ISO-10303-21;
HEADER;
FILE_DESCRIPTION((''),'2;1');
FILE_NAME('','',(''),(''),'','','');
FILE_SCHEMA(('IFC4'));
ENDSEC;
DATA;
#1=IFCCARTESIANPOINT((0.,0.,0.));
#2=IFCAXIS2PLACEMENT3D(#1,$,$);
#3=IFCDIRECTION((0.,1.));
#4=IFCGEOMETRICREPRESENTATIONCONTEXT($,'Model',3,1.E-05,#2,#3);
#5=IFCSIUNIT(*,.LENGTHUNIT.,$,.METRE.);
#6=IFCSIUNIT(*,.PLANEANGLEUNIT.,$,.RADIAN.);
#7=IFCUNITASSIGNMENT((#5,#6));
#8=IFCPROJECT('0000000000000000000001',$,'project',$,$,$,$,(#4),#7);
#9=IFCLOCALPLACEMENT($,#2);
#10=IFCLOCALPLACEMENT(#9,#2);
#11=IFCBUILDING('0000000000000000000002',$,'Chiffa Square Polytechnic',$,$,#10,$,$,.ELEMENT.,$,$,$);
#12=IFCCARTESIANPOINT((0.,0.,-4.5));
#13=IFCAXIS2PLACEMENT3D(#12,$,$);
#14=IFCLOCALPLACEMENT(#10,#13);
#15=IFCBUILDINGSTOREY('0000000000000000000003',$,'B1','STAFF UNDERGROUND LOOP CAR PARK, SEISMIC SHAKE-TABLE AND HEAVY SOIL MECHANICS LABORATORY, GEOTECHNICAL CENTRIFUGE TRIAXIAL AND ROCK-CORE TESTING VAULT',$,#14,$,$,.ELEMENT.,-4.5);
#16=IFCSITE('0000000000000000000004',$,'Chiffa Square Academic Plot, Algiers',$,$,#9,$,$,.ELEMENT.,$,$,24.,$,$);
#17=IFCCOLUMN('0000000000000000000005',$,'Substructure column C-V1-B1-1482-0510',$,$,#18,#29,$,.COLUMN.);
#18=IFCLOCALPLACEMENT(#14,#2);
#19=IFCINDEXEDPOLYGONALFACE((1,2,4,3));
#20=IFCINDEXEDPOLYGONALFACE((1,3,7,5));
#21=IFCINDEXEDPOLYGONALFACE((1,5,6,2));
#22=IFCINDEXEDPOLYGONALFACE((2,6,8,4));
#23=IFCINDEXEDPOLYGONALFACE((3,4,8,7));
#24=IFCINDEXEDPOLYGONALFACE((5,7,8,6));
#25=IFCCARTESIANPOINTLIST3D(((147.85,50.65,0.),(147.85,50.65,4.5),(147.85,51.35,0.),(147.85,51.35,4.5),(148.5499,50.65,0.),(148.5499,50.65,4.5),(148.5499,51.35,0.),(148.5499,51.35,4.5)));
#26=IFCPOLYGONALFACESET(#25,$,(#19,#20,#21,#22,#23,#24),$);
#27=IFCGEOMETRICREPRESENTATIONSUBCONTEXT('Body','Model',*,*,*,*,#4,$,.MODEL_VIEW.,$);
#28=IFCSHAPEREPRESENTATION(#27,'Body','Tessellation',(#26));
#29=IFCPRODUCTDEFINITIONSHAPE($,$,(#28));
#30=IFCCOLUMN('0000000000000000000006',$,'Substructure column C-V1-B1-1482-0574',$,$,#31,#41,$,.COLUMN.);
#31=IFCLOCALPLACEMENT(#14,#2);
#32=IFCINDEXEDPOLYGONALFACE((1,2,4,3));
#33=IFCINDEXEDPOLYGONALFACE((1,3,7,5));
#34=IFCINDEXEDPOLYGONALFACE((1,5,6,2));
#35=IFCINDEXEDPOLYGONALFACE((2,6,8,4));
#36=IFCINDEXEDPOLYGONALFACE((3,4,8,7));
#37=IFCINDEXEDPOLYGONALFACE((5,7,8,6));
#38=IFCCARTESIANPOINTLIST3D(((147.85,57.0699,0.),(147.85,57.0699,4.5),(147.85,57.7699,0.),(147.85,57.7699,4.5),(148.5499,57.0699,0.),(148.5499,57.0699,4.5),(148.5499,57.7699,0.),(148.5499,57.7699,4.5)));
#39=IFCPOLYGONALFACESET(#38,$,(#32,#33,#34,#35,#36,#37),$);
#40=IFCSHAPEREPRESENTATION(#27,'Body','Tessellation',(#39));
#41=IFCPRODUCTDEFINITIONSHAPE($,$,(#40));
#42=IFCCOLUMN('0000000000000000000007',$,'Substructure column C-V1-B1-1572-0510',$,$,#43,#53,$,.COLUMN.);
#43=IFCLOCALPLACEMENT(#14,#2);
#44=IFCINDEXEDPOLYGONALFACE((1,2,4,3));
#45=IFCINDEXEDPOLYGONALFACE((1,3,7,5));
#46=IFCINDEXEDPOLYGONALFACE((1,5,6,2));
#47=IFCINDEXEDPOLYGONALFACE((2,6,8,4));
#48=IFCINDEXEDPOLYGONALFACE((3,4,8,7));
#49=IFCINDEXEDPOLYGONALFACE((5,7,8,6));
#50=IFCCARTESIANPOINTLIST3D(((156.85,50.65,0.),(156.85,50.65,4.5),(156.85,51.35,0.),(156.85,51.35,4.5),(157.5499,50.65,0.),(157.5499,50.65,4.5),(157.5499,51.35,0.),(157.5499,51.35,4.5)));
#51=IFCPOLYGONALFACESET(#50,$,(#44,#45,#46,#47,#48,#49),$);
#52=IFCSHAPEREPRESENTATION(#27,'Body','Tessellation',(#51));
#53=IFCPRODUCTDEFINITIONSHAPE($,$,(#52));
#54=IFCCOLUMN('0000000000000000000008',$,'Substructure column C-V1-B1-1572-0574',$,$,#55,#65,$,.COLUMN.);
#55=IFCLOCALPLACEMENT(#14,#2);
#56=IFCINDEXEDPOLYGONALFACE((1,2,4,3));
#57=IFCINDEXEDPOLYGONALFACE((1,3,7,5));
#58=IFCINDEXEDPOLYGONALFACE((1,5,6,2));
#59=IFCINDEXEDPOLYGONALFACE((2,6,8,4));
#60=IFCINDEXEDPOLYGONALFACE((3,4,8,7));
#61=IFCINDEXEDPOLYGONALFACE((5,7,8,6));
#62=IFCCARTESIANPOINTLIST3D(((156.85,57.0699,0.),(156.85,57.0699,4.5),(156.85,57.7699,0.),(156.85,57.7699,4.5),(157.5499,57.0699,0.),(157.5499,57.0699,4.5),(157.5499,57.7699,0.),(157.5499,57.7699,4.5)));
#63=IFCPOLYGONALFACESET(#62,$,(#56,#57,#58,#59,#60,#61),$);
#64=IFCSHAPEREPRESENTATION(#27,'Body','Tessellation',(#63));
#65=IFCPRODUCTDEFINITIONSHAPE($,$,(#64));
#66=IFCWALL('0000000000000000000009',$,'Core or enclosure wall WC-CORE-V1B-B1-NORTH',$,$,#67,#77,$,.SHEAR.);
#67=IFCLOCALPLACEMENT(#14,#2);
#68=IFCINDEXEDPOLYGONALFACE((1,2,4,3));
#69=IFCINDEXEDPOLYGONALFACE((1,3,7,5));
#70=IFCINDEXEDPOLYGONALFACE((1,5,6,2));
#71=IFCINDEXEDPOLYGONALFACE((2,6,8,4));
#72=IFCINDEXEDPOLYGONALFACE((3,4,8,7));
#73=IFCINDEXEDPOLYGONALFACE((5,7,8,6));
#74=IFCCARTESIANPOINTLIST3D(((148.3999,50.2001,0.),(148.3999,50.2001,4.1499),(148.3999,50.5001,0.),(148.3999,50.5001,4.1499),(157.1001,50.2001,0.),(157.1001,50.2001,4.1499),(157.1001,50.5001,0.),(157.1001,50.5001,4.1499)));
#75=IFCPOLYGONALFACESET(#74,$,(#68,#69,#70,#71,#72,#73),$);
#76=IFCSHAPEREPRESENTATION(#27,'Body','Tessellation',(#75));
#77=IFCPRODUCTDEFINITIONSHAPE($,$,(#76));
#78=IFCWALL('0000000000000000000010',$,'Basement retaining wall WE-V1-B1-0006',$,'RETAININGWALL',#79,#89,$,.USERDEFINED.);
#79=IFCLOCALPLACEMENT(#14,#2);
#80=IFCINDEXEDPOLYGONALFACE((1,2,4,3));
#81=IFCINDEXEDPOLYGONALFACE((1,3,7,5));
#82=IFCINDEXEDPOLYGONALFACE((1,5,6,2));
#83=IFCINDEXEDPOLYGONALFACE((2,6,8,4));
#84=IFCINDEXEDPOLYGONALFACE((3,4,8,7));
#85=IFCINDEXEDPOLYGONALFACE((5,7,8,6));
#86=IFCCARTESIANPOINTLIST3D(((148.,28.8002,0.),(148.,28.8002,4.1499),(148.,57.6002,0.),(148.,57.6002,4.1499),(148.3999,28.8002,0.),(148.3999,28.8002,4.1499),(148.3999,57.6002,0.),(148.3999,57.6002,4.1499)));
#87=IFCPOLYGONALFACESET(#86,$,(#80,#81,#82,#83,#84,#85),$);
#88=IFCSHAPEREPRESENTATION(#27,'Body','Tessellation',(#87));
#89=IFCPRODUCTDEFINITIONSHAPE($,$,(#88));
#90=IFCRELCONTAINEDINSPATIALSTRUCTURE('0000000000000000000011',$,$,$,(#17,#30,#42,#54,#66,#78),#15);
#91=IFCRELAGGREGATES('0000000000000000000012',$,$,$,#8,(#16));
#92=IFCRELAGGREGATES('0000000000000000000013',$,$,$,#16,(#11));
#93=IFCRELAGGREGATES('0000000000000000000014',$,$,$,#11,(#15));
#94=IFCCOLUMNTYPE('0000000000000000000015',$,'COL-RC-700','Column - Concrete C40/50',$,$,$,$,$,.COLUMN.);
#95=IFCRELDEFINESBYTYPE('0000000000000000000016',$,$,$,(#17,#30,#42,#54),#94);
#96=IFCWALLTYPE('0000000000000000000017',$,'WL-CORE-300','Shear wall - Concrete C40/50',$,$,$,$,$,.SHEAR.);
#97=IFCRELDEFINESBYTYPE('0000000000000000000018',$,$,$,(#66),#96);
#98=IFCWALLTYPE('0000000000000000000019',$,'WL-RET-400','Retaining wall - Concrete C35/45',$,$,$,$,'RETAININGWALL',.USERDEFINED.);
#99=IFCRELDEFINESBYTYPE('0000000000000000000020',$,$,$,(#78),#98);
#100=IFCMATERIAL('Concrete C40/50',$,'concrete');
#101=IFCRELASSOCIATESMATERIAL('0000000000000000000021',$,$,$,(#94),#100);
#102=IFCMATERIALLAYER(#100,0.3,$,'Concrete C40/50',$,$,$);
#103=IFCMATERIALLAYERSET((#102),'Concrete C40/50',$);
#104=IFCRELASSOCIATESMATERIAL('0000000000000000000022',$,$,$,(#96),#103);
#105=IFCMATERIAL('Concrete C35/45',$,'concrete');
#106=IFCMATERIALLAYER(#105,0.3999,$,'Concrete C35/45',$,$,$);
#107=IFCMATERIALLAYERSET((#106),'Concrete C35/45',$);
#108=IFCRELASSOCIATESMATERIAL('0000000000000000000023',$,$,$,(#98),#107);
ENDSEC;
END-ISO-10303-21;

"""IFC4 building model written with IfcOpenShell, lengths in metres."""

from ifc_helpers import new_model, si_unit, direction, frame, frame_2d, origin, origin_2d, place, context, subcontext, project, spatial, rectangle, extrude, material, layer, layer_set, material_profile, profile_set, type_object, element, save


model = new_model("IFC4")

# Units and contexts
model_context = context("Model", 3, precision=1e-05, world=origin(), true_north=direction((0.0, 1.0)))
body_context = subcontext(model_context, "Body", "Model", "MODEL_VIEW")
ifc_project = project(units=[si_unit("LENGTHUNIT", "METRE"), si_unit("PLANEANGLEUNIT", "RADIAN")], contexts=[model_context])

# Site, building, storey
site_placement = place(None, origin())
site = spatial("IfcSite", under=ifc_project, at=site_placement, Name="Chiffa Square Academic Plot, Algiers", CompositionType="ELEMENT", RefElevation=24.0)
building_placement = place(site_placement, origin())
building = spatial("IfcBuilding", under=site, at=building_placement, Name="Chiffa Square Polytechnic", CompositionType="ELEMENT")
storey_placement = place(building_placement, frame((0.0, 0.0, -4.5)))
storey = spatial("IfcBuildingStorey", under=building, at=storey_placement, Name="B1", Description="STAFF UNDERGROUND LOOP CAR PARK, SEISMIC SHAKE-TABLE AND HEAVY SOIL MECHANICS LABORATORY, GEOTECHNICAL CENTRIFUGE TRIAXIAL AND ROCK-CORE TESTING VAULT", CompositionType="ELEMENT", Elevation=-4.5)

# Shared definitions
ifc_material_1 = material(Name="Concrete C35/45", Category="concrete")

# Columns
ifc_material_2 = material(Name="Concrete C40/50", Category="concrete")
ifc_material_profile_1 = material_profile(ifc_material_2, rectangle(XDim=0.7, YDim=0.7, at=origin_2d()), Name="RC 700x700")
ifc_profile_set_1 = profile_set([ifc_material_profile_1], Name="Concrete C40/50")
column_type_1 = type_object("IfcColumnType", Name="COL-RC-700", Description="Column - Concrete C40/50", PredefinedType="COLUMN", material=ifc_profile_set_1)
for number, where, z_axis, x_axis, name in (
    (1, (148.2, 51.0, 0.0), (0.0, 0.0, 1.0), (1.0, 0.0, 0.0), "Substructure column C-V1-B1-1482-0510"),
    (2, (148.2, 57.4199, 0.0), (0.0, 0.0, 1.0), (1.0, 0.0, 0.0), "Substructure column C-V1-B1-1482-0574"),
    (3, (157.2, 51.0, 0.0), (0.0, 0.0, 1.0), (1.0, 0.0, 0.0), "Substructure column C-V1-B1-1572-0510"),
    (4, (157.2, 57.4199, 0.0), (0.0, 0.0, 1.0), (1.0, 0.0, 0.0), "Substructure column C-V1-B1-1572-0574"),
):
    element("IfcColumn", number, at=place(storey_placement, frame(where, z_axis=z_axis, x_axis=x_axis)), inside=storey, type_object=column_type_1, Name=name, PredefinedType="COLUMN", context=body_context, shape_type="SweptSolid", body=[
        extrude(rectangle(XDim=0.7, YDim=0.7, at=origin_2d()), origin(), (0.0, 0.0, 1.0), 4.5),
    ])

# Walls
ifc_layer_1 = layer(ifc_material_2, 0.3, Name="Concrete C40/50")
ifc_layer_set_1 = layer_set([ifc_layer_1], Name="Concrete C40/50")
wall_type_1 = type_object("IfcWallType", Name="WL-CORE-300", Description="Shear wall - Concrete C40/50", PredefinedType="SHEAR", material=ifc_layer_set_1)
wall_1_placement = place(storey_placement, frame((148.3999, 50.3501, 0.0), z_axis=(0.0, 0.0, 1.0), x_axis=(1.0, 0.0, 0.0)))
element("IfcWall", 5, at=wall_1_placement, inside=storey, type_object=wall_type_1, Name="Core or enclosure wall WC-CORE-V1B-B1-NORTH", PredefinedType="SHEAR", context=body_context, shape_type="SweptSolid", body=[
    extrude(rectangle(XDim=8.7002, YDim=0.3, at=frame_2d((4.3501, 0.0))), origin(), (0.0, 0.0, 1.0), 4.1499),
])
ifc_layer_2 = layer(ifc_material_1, 0.3999, Name="Concrete C35/45")
ifc_layer_set_2 = layer_set([ifc_layer_2], Name="Concrete C35/45")
wall_type_2 = type_object("IfcWallType", Name="WL-RET-400", Description="Retaining wall - Concrete C35/45", ElementType="RETAININGWALL", PredefinedType="USERDEFINED", material=ifc_layer_set_2)
wall_2_placement = place(storey_placement, frame((148.2, 57.6001, 0.0), z_axis=(0.0, 0.0, 1.0), x_axis=(0.0, -1.0, 0.0)))
element("IfcWall", 6, at=wall_2_placement, inside=storey, type_object=wall_type_2, Name="Basement retaining wall WE-V1-B1-0006", ObjectType="RETAININGWALL", PredefinedType="USERDEFINED", context=body_context, shape_type="SweptSolid", body=[
    extrude(rectangle(XDim=28.8, YDim=0.3999, at=frame_2d((14.3999, 0.0))), origin(), (0.0, 0.0, 1.0), 4.1499),
])

save(model, "model.ifc")
